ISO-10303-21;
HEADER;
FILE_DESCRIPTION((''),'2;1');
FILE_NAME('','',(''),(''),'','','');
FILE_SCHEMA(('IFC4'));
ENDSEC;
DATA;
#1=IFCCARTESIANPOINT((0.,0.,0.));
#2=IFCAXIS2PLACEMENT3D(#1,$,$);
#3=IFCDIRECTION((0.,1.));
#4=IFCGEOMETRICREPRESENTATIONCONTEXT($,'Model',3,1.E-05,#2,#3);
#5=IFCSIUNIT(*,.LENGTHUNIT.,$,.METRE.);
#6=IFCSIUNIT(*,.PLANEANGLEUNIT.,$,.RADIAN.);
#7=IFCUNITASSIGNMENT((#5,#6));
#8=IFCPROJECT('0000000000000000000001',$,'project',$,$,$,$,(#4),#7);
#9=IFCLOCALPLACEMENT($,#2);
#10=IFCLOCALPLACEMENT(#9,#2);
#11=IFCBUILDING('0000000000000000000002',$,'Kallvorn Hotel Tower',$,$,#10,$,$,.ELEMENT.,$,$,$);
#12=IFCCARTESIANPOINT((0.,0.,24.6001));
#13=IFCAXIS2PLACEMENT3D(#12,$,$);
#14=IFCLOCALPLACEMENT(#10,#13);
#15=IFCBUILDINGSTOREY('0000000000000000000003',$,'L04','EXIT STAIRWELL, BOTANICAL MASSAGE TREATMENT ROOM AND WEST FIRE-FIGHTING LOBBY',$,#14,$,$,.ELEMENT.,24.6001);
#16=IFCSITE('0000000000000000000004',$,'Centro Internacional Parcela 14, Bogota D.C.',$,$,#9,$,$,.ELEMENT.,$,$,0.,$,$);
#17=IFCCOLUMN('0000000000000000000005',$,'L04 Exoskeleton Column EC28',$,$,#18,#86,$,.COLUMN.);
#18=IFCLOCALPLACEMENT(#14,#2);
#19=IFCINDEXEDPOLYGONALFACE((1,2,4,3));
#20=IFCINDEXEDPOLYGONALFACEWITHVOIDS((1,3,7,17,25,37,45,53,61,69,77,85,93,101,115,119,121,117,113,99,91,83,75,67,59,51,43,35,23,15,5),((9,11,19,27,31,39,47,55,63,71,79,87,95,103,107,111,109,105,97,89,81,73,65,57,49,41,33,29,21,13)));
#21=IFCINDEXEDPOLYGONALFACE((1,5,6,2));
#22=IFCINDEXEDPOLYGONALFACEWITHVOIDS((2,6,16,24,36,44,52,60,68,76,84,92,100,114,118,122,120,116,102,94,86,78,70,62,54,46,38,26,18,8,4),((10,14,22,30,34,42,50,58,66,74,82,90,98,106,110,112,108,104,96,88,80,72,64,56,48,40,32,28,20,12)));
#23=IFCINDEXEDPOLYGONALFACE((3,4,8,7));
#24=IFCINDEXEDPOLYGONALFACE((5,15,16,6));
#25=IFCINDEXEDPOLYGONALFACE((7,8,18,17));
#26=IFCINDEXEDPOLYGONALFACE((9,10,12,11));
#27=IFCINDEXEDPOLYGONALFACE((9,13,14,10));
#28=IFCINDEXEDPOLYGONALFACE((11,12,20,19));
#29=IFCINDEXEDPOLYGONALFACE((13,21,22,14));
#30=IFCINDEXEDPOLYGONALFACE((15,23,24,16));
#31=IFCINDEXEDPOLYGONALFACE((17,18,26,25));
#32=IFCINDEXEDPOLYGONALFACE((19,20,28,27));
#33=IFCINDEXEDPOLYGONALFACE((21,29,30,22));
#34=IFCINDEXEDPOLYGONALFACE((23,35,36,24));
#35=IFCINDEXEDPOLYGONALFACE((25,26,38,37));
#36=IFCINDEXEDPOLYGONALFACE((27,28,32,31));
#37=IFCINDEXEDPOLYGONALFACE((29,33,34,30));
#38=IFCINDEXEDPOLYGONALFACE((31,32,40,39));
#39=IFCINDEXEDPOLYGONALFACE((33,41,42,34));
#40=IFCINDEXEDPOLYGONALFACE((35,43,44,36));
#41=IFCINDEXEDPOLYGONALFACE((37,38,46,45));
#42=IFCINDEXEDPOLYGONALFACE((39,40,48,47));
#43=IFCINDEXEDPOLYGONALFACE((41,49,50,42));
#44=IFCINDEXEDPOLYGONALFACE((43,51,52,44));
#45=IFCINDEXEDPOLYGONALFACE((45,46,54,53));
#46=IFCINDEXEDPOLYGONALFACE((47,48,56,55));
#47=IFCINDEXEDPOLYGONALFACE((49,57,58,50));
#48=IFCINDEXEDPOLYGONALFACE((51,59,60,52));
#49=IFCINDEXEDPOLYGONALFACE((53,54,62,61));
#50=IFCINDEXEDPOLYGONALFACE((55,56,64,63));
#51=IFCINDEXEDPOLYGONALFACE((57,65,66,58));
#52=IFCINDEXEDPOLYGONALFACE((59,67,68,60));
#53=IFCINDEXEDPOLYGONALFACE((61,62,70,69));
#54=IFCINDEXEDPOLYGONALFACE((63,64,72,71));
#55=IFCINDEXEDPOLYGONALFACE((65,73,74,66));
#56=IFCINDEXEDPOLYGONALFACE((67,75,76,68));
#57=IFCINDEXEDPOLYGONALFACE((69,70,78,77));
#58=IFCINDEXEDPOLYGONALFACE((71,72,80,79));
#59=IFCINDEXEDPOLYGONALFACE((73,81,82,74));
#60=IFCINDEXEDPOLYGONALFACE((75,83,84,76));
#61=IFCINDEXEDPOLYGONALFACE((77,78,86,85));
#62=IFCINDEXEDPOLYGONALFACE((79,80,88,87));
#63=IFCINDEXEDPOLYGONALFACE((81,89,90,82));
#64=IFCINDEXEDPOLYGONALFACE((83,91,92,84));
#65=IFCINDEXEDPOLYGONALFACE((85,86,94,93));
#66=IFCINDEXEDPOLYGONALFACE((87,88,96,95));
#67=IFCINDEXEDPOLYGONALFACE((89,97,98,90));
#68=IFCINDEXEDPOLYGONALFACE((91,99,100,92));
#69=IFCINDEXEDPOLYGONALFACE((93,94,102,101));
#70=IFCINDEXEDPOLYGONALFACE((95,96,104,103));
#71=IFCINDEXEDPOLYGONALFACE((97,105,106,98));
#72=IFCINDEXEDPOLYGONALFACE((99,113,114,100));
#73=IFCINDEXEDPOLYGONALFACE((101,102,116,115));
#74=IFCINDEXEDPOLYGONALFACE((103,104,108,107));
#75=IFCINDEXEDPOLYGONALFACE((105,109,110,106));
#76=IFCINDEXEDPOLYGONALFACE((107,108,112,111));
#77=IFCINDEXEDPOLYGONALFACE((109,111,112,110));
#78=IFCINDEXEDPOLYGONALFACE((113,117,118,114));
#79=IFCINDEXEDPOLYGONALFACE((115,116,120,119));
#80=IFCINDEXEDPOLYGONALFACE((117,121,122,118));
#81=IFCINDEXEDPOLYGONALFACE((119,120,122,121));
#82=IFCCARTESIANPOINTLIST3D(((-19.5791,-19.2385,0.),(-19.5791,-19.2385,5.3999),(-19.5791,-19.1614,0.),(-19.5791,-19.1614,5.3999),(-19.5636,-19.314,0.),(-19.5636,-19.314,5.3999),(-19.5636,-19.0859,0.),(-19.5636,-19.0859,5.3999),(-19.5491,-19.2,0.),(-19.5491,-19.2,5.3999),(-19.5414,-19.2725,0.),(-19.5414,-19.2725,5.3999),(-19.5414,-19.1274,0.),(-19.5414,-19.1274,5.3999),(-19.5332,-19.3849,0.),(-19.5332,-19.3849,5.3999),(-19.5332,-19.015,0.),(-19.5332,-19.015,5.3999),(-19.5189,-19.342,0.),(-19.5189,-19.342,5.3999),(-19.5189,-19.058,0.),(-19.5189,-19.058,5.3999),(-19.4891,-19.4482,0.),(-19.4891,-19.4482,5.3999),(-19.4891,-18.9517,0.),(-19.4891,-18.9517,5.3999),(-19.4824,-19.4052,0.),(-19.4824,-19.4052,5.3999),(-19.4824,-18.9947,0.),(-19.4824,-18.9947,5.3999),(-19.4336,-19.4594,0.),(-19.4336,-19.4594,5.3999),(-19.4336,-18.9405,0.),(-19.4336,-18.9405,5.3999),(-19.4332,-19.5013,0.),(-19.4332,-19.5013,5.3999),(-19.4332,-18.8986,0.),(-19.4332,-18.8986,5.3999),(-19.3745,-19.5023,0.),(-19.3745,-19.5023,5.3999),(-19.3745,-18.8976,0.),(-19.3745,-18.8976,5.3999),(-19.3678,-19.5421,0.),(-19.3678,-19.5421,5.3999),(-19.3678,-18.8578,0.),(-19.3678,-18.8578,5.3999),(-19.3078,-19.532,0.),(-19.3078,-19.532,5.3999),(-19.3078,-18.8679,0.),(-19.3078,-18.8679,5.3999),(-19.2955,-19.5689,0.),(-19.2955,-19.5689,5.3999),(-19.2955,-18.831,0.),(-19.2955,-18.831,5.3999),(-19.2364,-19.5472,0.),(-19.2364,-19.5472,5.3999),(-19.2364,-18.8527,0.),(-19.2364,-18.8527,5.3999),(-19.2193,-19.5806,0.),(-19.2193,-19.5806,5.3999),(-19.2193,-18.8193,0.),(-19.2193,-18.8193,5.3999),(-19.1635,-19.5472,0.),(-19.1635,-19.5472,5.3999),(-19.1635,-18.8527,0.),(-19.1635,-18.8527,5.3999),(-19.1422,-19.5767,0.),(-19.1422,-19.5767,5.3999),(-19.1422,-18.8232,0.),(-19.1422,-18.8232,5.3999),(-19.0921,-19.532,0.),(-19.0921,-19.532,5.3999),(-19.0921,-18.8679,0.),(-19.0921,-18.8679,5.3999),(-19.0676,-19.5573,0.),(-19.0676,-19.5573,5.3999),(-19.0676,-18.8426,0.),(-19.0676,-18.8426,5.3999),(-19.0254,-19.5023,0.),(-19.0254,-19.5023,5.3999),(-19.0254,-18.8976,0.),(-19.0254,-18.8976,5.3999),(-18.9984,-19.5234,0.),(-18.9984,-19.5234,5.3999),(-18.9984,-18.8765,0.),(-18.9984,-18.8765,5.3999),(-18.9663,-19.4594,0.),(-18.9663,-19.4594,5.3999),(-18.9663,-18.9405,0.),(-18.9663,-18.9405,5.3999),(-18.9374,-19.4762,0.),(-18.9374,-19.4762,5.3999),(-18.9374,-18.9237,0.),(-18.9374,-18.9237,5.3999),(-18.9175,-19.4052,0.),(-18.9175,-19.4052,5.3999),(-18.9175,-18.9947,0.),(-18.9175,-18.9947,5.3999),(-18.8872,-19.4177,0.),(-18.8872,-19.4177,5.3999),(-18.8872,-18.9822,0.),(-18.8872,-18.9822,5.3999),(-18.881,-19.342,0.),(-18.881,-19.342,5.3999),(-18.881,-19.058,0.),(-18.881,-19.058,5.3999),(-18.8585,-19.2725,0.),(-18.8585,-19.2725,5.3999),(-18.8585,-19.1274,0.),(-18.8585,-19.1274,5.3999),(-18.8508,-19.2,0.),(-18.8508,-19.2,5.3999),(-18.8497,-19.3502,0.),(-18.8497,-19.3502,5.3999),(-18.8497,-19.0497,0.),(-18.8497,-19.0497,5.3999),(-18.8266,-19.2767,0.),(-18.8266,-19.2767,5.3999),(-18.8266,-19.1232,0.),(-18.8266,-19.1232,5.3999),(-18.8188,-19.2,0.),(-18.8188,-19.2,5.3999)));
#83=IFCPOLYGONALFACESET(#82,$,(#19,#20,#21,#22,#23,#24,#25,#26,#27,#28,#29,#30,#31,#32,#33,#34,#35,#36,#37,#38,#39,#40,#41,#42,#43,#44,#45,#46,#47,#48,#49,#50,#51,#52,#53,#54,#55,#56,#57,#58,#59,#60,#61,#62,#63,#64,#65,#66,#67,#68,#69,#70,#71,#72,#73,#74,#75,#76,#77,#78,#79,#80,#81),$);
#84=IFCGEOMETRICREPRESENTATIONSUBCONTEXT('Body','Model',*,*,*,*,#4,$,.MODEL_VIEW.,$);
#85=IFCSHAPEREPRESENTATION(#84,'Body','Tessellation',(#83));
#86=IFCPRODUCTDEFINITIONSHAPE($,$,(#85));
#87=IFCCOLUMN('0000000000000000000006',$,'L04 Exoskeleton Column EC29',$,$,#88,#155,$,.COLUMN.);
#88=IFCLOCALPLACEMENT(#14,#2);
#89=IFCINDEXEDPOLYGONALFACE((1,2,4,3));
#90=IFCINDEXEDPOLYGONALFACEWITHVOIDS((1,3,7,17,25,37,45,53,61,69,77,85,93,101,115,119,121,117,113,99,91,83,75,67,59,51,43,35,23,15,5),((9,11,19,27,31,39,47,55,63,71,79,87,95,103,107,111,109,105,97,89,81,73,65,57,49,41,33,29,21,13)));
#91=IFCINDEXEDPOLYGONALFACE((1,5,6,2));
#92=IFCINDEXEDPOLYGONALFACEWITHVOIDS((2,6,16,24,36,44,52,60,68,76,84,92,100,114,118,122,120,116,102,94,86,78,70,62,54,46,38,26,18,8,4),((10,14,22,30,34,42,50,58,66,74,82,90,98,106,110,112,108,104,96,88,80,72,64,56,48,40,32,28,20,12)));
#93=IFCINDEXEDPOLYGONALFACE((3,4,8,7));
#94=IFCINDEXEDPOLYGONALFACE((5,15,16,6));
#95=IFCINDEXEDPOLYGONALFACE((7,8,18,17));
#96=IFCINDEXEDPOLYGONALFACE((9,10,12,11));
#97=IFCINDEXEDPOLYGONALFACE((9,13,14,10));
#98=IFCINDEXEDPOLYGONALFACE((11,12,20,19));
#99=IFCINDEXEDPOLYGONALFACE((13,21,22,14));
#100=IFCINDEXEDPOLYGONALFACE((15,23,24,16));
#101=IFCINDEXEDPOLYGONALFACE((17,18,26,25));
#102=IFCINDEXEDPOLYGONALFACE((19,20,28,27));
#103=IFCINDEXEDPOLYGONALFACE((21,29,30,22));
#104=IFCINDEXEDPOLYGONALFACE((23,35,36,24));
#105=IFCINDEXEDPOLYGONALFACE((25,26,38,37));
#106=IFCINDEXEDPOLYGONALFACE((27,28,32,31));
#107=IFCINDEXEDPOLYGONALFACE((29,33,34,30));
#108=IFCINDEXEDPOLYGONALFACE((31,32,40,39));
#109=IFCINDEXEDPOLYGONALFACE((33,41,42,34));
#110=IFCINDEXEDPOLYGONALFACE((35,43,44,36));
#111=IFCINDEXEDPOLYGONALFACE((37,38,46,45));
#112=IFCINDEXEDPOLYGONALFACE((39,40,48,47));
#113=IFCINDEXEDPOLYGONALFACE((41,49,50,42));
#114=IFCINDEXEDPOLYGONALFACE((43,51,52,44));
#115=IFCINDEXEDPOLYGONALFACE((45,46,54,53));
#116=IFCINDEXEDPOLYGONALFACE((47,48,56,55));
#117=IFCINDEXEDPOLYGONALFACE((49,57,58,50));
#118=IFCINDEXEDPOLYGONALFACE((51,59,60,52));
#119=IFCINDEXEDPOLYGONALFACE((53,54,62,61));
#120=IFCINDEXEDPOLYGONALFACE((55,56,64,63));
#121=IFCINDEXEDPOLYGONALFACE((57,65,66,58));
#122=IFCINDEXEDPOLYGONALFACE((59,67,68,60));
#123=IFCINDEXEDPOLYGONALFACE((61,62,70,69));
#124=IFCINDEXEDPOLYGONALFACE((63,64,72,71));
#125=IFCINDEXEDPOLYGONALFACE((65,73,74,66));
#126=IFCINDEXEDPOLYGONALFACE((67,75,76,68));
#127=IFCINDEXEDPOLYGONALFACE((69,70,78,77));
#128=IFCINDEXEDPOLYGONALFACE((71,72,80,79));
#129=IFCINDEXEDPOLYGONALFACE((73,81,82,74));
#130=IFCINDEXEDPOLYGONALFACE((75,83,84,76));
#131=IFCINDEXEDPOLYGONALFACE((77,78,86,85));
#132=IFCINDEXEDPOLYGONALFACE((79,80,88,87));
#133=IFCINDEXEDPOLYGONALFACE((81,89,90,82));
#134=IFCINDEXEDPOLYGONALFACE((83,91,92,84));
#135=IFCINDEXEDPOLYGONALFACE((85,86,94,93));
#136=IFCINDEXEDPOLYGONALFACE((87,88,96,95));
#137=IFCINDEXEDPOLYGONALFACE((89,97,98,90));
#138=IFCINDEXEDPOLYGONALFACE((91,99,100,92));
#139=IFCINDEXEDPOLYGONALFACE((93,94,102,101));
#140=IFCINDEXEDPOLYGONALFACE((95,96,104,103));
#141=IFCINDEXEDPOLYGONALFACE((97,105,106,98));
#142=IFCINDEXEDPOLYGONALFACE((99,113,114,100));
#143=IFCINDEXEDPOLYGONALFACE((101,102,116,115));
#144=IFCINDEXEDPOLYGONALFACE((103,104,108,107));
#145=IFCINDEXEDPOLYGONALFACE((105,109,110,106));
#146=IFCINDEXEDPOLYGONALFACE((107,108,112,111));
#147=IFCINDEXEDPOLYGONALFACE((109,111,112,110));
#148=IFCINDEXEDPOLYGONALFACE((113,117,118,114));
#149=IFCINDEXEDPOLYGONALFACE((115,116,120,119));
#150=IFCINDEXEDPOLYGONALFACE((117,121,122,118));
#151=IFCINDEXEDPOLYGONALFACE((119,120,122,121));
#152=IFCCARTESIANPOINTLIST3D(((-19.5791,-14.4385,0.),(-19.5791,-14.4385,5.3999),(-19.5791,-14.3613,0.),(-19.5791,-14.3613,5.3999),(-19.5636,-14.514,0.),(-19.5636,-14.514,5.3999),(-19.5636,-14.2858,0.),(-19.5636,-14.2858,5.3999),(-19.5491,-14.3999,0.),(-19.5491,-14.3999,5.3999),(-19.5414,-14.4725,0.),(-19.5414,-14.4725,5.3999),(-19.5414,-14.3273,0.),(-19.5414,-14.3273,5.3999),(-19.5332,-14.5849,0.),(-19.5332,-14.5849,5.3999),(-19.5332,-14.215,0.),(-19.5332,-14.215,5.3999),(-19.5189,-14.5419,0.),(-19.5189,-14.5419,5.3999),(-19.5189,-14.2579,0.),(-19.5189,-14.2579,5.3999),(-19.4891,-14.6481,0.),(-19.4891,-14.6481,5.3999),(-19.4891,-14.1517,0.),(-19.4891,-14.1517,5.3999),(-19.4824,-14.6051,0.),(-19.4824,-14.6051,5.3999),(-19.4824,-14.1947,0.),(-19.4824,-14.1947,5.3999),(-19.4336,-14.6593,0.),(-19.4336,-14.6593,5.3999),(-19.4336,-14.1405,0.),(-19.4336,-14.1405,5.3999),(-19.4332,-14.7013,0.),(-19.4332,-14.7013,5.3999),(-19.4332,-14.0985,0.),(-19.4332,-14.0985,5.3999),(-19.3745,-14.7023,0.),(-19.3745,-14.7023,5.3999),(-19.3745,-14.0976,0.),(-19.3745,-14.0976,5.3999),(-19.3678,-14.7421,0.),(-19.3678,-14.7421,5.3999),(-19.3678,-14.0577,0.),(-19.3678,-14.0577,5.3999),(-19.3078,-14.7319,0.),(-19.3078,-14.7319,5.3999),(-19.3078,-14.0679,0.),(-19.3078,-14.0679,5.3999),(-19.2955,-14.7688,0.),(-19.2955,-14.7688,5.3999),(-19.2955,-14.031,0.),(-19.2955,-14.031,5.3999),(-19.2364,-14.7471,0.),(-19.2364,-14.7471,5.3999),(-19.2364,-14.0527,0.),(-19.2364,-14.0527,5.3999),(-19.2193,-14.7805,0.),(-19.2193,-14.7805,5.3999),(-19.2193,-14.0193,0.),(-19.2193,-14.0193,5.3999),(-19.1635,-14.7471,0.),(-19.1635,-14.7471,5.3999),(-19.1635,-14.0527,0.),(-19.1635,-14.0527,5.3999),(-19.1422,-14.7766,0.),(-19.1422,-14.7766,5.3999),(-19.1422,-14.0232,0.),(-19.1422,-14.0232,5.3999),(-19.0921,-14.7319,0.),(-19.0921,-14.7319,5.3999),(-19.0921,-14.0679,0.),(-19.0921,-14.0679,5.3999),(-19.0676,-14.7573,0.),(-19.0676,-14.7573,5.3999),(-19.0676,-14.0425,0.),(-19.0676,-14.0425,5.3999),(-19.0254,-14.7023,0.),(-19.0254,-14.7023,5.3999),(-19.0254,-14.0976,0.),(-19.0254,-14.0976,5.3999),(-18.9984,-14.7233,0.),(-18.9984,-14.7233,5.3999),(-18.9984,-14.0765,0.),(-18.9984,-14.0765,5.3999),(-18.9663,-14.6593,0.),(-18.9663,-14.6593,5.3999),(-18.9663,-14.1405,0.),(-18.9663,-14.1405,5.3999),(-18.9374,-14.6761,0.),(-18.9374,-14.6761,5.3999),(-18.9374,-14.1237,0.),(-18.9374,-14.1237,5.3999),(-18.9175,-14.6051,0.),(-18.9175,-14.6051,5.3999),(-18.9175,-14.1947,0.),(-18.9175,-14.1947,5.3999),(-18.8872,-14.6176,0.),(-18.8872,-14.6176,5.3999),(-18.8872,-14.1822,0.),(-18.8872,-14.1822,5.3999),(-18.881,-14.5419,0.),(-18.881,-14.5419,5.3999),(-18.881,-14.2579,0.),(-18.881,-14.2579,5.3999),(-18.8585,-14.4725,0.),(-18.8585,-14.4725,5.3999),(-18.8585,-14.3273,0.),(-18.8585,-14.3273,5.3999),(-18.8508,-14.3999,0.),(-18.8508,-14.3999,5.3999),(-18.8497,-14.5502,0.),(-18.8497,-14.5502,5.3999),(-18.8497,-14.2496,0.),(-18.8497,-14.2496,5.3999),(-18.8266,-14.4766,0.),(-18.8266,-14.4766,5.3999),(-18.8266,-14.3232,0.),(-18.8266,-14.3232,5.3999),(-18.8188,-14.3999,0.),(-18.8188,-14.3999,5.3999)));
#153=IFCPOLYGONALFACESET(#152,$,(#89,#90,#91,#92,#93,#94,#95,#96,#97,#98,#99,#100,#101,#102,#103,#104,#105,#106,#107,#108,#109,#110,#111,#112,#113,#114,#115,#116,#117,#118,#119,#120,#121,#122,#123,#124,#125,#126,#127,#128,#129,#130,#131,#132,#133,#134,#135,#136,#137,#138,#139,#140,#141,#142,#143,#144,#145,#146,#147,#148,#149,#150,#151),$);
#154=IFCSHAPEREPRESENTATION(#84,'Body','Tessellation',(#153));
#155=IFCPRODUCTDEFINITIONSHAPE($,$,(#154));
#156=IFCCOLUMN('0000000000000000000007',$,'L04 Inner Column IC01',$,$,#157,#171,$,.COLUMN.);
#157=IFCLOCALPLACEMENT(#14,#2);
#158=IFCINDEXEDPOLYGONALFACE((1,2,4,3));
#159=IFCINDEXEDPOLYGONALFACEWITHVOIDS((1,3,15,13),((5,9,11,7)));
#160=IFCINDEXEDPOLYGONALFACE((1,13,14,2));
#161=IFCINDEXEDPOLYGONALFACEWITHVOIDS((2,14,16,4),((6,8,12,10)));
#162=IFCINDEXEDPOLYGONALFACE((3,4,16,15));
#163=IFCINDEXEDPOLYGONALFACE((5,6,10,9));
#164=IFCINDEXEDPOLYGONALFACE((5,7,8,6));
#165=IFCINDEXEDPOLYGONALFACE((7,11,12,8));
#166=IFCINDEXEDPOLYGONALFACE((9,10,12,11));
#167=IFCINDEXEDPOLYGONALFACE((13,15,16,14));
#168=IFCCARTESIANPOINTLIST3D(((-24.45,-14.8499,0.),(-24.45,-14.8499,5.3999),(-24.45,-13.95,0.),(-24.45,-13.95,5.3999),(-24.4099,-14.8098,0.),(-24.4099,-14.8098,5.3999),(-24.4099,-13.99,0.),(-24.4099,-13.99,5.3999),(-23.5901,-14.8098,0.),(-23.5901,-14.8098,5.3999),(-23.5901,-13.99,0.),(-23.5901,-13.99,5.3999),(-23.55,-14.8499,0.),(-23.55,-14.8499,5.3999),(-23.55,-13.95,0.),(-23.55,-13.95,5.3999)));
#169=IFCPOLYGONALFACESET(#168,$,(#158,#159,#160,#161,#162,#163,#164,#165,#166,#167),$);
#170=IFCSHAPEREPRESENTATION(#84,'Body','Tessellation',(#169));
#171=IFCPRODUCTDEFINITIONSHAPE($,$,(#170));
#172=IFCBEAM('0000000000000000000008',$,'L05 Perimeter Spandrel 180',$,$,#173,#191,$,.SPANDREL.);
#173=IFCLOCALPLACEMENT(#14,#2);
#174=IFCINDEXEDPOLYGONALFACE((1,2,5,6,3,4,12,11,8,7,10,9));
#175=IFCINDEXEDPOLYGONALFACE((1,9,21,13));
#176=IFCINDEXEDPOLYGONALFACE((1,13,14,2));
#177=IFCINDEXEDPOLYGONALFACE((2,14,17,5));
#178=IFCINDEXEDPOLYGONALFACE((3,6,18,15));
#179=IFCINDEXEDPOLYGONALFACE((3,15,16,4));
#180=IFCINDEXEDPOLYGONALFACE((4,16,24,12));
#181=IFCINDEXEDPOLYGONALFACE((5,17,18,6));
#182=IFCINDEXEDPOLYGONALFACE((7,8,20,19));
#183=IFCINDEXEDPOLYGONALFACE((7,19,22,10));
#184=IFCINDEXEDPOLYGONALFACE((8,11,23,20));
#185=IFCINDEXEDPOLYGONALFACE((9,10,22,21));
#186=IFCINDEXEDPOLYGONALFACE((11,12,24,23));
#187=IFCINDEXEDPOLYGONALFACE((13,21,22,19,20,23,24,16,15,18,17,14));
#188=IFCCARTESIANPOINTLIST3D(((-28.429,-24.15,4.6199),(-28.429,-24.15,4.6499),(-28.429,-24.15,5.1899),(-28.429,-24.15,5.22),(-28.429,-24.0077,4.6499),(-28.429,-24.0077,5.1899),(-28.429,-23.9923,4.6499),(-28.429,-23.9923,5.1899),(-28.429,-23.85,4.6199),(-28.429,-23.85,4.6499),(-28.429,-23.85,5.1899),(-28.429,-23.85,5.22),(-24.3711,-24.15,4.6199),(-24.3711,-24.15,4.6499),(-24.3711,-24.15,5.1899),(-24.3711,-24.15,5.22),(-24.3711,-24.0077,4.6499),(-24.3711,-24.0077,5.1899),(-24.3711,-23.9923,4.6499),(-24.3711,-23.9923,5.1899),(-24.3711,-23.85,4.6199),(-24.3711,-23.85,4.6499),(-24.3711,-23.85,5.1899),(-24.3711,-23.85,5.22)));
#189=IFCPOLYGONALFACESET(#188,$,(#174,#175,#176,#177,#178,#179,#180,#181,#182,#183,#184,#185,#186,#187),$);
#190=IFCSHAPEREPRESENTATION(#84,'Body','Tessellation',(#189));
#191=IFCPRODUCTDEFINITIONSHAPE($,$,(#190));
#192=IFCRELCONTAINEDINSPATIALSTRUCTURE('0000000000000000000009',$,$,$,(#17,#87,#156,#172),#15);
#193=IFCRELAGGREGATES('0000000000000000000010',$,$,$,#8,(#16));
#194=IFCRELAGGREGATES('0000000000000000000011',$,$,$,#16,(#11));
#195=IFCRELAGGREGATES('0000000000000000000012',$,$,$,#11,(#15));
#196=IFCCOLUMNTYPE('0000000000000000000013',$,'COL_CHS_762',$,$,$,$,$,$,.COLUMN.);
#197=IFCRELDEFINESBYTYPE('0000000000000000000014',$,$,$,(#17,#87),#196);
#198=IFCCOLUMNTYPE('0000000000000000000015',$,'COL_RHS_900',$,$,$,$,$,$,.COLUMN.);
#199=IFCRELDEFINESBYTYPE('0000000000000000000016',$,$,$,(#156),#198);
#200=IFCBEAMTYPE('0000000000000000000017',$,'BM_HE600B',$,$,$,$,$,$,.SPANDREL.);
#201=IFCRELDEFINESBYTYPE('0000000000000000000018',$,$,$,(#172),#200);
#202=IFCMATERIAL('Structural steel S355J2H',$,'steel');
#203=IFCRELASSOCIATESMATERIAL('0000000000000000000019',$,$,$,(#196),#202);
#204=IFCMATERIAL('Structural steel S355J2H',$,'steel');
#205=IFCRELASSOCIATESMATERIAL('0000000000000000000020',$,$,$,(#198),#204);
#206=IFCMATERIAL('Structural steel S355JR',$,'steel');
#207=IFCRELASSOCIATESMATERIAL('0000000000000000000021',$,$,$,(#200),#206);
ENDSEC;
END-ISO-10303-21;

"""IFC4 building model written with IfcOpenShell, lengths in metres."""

from ifc_helpers import new_model, si_unit, direction, frame, origin, origin_2d, place, context, subcontext, project, spatial, hollow_rectangle, hollow_circle, i_section, extrude, material, material_profile, profile_set, type_object, element, save


model = new_model("IFC4")

# Units and contexts
model_context = context("Model", 3, precision=1e-05, world=origin(), true_north=direction((0.0, 1.0)))
body_context = subcontext(model_context, "Body", "Model", "MODEL_VIEW")
ifc_project = project(units=[si_unit("LENGTHUNIT", "METRE"), si_unit("PLANEANGLEUNIT", "RADIAN")], contexts=[model_context])

# Site, building, storey
site_placement = place(None, origin())
site = spatial("IfcSite", under=ifc_project, at=site_placement, Name="Centro Internacional Parcela 14, Bogota D.C.", CompositionType="ELEMENT", RefElevation=0.0)
building_placement = place(site_placement, origin())
building = spatial("IfcBuilding", under=site, at=building_placement, Name="Kallvorn Hotel Tower", CompositionType="ELEMENT")
storey_placement = place(building_placement, frame((0.0, 0.0, 24.6001)))
storey = spatial("IfcBuildingStorey", under=building, at=storey_placement, Name="L04", Description="EXIT STAIRWELL, BOTANICAL MASSAGE TREATMENT ROOM AND WEST FIRE-FIGHTING LOBBY", CompositionType="ELEMENT", Elevation=24.6001)

# Columns
ifc_material_1 = material(Name="Structural steel S355J2H", Category="steel")
ifc_material_profile_1 = material_profile(ifc_material_1, hollow_circle(Radius=0.3811, WallThickness=0.032, at=origin_2d()), Name="CHS 762x32")
ifc_profile_set_1 = profile_set([ifc_material_profile_1], Name="Structural steel S355J2H")
column_type_1 = type_object("IfcColumnType", Name="COL_CHS_762", PredefinedType="COLUMN", material=ifc_profile_set_1)
for number, where, z_axis, x_axis, name in (
    (1, (-19.2, -19.2, 0.0), (0.0, 0.0, 1.0), (1.0, 0.0, 0.0), "L04 Exoskeleton Column EC28"),
    (2, (-19.2, -14.3999, 0.0), (0.0, 0.0, 1.0), (1.0, 0.0, 0.0), "L04 Exoskeleton Column EC29"),
):
    element("IfcColumn", number, at=place(storey_placement, frame(where, z_axis=z_axis, x_axis=x_axis)), inside=storey, type_object=column_type_1, Name=name, PredefinedType="COLUMN", context=body_context, shape_type="SweptSolid", body=[
        extrude(hollow_circle(Radius=0.3811, WallThickness=0.032, at=origin_2d()), origin(), (0.0, 0.0, 1.0), 5.3999),
    ])
ifc_material_2 = material(Name="Structural steel S355J2H", Category="steel")
ifc_material_profile_2 = material_profile(ifc_material_2, hollow_rectangle(XDim=0.8999, YDim=0.8999, WallThickness=0.04, at=origin_2d()), Name="RHS 900x900x40")
ifc_profile_set_2 = profile_set([ifc_material_profile_2], Name="Structural steel S355J2H")
column_type_2 = type_object("IfcColumnType", Name="COL_RHS_900", PredefinedType="COLUMN", material=ifc_profile_set_2)
column_placement = place(storey_placement, frame((-24.0, -14.3999, 0.0), z_axis=(0.0, 0.0, 1.0), x_axis=(1.0, 0.0, 0.0)))
element("IfcColumn", 3, at=column_placement, inside=storey, type_object=column_type_2, Name="L04 Inner Column IC01", PredefinedType="COLUMN", context=body_context, shape_type="SweptSolid", body=[
    extrude(hollow_rectangle(XDim=0.8999, YDim=0.8999, WallThickness=0.04, at=origin_2d()), origin(), (0.0, 0.0, 1.0), 5.3999),
])

# Beam
ifc_material_3 = material(Name="Structural steel S355JR", Category="steel")
ifc_material_profile_3 = material_profile(ifc_material_3, i_section(OverallWidth=0.3, OverallDepth=0.6001, WebThickness=0.0154, FlangeThickness=0.03, at=origin_2d()), Name="HE 600 B")
ifc_profile_set_3 = profile_set([ifc_material_profile_3], Name="Structural steel S355JR")
beam_type_1 = type_object("IfcBeamType", Name="BM_HE600B", PredefinedType="SPANDREL", material=ifc_profile_set_3)
for number, where, z_axis, x_axis, name in (
    (4, (-28.429, -24.0, 4.9199), (1.0, 0.0, 0.0), (0.0, 1.0, 0.0), "L05 Perimeter Spandrel 180"),
):
    element("IfcBeam", number, at=place(storey_placement, frame(where, z_axis=z_axis, x_axis=x_axis)), inside=storey, type_object=beam_type_1, Name=name, PredefinedType="SPANDREL", context=body_context, shape_type="SweptSolid", body=[
        extrude(i_section(OverallWidth=0.3, OverallDepth=0.6001, WebThickness=0.0154, FlangeThickness=0.03, at=origin_2d()), origin(), (0.0, 0.0, 1.0), 4.0579),
    ])

save(model, "model.ifc")
